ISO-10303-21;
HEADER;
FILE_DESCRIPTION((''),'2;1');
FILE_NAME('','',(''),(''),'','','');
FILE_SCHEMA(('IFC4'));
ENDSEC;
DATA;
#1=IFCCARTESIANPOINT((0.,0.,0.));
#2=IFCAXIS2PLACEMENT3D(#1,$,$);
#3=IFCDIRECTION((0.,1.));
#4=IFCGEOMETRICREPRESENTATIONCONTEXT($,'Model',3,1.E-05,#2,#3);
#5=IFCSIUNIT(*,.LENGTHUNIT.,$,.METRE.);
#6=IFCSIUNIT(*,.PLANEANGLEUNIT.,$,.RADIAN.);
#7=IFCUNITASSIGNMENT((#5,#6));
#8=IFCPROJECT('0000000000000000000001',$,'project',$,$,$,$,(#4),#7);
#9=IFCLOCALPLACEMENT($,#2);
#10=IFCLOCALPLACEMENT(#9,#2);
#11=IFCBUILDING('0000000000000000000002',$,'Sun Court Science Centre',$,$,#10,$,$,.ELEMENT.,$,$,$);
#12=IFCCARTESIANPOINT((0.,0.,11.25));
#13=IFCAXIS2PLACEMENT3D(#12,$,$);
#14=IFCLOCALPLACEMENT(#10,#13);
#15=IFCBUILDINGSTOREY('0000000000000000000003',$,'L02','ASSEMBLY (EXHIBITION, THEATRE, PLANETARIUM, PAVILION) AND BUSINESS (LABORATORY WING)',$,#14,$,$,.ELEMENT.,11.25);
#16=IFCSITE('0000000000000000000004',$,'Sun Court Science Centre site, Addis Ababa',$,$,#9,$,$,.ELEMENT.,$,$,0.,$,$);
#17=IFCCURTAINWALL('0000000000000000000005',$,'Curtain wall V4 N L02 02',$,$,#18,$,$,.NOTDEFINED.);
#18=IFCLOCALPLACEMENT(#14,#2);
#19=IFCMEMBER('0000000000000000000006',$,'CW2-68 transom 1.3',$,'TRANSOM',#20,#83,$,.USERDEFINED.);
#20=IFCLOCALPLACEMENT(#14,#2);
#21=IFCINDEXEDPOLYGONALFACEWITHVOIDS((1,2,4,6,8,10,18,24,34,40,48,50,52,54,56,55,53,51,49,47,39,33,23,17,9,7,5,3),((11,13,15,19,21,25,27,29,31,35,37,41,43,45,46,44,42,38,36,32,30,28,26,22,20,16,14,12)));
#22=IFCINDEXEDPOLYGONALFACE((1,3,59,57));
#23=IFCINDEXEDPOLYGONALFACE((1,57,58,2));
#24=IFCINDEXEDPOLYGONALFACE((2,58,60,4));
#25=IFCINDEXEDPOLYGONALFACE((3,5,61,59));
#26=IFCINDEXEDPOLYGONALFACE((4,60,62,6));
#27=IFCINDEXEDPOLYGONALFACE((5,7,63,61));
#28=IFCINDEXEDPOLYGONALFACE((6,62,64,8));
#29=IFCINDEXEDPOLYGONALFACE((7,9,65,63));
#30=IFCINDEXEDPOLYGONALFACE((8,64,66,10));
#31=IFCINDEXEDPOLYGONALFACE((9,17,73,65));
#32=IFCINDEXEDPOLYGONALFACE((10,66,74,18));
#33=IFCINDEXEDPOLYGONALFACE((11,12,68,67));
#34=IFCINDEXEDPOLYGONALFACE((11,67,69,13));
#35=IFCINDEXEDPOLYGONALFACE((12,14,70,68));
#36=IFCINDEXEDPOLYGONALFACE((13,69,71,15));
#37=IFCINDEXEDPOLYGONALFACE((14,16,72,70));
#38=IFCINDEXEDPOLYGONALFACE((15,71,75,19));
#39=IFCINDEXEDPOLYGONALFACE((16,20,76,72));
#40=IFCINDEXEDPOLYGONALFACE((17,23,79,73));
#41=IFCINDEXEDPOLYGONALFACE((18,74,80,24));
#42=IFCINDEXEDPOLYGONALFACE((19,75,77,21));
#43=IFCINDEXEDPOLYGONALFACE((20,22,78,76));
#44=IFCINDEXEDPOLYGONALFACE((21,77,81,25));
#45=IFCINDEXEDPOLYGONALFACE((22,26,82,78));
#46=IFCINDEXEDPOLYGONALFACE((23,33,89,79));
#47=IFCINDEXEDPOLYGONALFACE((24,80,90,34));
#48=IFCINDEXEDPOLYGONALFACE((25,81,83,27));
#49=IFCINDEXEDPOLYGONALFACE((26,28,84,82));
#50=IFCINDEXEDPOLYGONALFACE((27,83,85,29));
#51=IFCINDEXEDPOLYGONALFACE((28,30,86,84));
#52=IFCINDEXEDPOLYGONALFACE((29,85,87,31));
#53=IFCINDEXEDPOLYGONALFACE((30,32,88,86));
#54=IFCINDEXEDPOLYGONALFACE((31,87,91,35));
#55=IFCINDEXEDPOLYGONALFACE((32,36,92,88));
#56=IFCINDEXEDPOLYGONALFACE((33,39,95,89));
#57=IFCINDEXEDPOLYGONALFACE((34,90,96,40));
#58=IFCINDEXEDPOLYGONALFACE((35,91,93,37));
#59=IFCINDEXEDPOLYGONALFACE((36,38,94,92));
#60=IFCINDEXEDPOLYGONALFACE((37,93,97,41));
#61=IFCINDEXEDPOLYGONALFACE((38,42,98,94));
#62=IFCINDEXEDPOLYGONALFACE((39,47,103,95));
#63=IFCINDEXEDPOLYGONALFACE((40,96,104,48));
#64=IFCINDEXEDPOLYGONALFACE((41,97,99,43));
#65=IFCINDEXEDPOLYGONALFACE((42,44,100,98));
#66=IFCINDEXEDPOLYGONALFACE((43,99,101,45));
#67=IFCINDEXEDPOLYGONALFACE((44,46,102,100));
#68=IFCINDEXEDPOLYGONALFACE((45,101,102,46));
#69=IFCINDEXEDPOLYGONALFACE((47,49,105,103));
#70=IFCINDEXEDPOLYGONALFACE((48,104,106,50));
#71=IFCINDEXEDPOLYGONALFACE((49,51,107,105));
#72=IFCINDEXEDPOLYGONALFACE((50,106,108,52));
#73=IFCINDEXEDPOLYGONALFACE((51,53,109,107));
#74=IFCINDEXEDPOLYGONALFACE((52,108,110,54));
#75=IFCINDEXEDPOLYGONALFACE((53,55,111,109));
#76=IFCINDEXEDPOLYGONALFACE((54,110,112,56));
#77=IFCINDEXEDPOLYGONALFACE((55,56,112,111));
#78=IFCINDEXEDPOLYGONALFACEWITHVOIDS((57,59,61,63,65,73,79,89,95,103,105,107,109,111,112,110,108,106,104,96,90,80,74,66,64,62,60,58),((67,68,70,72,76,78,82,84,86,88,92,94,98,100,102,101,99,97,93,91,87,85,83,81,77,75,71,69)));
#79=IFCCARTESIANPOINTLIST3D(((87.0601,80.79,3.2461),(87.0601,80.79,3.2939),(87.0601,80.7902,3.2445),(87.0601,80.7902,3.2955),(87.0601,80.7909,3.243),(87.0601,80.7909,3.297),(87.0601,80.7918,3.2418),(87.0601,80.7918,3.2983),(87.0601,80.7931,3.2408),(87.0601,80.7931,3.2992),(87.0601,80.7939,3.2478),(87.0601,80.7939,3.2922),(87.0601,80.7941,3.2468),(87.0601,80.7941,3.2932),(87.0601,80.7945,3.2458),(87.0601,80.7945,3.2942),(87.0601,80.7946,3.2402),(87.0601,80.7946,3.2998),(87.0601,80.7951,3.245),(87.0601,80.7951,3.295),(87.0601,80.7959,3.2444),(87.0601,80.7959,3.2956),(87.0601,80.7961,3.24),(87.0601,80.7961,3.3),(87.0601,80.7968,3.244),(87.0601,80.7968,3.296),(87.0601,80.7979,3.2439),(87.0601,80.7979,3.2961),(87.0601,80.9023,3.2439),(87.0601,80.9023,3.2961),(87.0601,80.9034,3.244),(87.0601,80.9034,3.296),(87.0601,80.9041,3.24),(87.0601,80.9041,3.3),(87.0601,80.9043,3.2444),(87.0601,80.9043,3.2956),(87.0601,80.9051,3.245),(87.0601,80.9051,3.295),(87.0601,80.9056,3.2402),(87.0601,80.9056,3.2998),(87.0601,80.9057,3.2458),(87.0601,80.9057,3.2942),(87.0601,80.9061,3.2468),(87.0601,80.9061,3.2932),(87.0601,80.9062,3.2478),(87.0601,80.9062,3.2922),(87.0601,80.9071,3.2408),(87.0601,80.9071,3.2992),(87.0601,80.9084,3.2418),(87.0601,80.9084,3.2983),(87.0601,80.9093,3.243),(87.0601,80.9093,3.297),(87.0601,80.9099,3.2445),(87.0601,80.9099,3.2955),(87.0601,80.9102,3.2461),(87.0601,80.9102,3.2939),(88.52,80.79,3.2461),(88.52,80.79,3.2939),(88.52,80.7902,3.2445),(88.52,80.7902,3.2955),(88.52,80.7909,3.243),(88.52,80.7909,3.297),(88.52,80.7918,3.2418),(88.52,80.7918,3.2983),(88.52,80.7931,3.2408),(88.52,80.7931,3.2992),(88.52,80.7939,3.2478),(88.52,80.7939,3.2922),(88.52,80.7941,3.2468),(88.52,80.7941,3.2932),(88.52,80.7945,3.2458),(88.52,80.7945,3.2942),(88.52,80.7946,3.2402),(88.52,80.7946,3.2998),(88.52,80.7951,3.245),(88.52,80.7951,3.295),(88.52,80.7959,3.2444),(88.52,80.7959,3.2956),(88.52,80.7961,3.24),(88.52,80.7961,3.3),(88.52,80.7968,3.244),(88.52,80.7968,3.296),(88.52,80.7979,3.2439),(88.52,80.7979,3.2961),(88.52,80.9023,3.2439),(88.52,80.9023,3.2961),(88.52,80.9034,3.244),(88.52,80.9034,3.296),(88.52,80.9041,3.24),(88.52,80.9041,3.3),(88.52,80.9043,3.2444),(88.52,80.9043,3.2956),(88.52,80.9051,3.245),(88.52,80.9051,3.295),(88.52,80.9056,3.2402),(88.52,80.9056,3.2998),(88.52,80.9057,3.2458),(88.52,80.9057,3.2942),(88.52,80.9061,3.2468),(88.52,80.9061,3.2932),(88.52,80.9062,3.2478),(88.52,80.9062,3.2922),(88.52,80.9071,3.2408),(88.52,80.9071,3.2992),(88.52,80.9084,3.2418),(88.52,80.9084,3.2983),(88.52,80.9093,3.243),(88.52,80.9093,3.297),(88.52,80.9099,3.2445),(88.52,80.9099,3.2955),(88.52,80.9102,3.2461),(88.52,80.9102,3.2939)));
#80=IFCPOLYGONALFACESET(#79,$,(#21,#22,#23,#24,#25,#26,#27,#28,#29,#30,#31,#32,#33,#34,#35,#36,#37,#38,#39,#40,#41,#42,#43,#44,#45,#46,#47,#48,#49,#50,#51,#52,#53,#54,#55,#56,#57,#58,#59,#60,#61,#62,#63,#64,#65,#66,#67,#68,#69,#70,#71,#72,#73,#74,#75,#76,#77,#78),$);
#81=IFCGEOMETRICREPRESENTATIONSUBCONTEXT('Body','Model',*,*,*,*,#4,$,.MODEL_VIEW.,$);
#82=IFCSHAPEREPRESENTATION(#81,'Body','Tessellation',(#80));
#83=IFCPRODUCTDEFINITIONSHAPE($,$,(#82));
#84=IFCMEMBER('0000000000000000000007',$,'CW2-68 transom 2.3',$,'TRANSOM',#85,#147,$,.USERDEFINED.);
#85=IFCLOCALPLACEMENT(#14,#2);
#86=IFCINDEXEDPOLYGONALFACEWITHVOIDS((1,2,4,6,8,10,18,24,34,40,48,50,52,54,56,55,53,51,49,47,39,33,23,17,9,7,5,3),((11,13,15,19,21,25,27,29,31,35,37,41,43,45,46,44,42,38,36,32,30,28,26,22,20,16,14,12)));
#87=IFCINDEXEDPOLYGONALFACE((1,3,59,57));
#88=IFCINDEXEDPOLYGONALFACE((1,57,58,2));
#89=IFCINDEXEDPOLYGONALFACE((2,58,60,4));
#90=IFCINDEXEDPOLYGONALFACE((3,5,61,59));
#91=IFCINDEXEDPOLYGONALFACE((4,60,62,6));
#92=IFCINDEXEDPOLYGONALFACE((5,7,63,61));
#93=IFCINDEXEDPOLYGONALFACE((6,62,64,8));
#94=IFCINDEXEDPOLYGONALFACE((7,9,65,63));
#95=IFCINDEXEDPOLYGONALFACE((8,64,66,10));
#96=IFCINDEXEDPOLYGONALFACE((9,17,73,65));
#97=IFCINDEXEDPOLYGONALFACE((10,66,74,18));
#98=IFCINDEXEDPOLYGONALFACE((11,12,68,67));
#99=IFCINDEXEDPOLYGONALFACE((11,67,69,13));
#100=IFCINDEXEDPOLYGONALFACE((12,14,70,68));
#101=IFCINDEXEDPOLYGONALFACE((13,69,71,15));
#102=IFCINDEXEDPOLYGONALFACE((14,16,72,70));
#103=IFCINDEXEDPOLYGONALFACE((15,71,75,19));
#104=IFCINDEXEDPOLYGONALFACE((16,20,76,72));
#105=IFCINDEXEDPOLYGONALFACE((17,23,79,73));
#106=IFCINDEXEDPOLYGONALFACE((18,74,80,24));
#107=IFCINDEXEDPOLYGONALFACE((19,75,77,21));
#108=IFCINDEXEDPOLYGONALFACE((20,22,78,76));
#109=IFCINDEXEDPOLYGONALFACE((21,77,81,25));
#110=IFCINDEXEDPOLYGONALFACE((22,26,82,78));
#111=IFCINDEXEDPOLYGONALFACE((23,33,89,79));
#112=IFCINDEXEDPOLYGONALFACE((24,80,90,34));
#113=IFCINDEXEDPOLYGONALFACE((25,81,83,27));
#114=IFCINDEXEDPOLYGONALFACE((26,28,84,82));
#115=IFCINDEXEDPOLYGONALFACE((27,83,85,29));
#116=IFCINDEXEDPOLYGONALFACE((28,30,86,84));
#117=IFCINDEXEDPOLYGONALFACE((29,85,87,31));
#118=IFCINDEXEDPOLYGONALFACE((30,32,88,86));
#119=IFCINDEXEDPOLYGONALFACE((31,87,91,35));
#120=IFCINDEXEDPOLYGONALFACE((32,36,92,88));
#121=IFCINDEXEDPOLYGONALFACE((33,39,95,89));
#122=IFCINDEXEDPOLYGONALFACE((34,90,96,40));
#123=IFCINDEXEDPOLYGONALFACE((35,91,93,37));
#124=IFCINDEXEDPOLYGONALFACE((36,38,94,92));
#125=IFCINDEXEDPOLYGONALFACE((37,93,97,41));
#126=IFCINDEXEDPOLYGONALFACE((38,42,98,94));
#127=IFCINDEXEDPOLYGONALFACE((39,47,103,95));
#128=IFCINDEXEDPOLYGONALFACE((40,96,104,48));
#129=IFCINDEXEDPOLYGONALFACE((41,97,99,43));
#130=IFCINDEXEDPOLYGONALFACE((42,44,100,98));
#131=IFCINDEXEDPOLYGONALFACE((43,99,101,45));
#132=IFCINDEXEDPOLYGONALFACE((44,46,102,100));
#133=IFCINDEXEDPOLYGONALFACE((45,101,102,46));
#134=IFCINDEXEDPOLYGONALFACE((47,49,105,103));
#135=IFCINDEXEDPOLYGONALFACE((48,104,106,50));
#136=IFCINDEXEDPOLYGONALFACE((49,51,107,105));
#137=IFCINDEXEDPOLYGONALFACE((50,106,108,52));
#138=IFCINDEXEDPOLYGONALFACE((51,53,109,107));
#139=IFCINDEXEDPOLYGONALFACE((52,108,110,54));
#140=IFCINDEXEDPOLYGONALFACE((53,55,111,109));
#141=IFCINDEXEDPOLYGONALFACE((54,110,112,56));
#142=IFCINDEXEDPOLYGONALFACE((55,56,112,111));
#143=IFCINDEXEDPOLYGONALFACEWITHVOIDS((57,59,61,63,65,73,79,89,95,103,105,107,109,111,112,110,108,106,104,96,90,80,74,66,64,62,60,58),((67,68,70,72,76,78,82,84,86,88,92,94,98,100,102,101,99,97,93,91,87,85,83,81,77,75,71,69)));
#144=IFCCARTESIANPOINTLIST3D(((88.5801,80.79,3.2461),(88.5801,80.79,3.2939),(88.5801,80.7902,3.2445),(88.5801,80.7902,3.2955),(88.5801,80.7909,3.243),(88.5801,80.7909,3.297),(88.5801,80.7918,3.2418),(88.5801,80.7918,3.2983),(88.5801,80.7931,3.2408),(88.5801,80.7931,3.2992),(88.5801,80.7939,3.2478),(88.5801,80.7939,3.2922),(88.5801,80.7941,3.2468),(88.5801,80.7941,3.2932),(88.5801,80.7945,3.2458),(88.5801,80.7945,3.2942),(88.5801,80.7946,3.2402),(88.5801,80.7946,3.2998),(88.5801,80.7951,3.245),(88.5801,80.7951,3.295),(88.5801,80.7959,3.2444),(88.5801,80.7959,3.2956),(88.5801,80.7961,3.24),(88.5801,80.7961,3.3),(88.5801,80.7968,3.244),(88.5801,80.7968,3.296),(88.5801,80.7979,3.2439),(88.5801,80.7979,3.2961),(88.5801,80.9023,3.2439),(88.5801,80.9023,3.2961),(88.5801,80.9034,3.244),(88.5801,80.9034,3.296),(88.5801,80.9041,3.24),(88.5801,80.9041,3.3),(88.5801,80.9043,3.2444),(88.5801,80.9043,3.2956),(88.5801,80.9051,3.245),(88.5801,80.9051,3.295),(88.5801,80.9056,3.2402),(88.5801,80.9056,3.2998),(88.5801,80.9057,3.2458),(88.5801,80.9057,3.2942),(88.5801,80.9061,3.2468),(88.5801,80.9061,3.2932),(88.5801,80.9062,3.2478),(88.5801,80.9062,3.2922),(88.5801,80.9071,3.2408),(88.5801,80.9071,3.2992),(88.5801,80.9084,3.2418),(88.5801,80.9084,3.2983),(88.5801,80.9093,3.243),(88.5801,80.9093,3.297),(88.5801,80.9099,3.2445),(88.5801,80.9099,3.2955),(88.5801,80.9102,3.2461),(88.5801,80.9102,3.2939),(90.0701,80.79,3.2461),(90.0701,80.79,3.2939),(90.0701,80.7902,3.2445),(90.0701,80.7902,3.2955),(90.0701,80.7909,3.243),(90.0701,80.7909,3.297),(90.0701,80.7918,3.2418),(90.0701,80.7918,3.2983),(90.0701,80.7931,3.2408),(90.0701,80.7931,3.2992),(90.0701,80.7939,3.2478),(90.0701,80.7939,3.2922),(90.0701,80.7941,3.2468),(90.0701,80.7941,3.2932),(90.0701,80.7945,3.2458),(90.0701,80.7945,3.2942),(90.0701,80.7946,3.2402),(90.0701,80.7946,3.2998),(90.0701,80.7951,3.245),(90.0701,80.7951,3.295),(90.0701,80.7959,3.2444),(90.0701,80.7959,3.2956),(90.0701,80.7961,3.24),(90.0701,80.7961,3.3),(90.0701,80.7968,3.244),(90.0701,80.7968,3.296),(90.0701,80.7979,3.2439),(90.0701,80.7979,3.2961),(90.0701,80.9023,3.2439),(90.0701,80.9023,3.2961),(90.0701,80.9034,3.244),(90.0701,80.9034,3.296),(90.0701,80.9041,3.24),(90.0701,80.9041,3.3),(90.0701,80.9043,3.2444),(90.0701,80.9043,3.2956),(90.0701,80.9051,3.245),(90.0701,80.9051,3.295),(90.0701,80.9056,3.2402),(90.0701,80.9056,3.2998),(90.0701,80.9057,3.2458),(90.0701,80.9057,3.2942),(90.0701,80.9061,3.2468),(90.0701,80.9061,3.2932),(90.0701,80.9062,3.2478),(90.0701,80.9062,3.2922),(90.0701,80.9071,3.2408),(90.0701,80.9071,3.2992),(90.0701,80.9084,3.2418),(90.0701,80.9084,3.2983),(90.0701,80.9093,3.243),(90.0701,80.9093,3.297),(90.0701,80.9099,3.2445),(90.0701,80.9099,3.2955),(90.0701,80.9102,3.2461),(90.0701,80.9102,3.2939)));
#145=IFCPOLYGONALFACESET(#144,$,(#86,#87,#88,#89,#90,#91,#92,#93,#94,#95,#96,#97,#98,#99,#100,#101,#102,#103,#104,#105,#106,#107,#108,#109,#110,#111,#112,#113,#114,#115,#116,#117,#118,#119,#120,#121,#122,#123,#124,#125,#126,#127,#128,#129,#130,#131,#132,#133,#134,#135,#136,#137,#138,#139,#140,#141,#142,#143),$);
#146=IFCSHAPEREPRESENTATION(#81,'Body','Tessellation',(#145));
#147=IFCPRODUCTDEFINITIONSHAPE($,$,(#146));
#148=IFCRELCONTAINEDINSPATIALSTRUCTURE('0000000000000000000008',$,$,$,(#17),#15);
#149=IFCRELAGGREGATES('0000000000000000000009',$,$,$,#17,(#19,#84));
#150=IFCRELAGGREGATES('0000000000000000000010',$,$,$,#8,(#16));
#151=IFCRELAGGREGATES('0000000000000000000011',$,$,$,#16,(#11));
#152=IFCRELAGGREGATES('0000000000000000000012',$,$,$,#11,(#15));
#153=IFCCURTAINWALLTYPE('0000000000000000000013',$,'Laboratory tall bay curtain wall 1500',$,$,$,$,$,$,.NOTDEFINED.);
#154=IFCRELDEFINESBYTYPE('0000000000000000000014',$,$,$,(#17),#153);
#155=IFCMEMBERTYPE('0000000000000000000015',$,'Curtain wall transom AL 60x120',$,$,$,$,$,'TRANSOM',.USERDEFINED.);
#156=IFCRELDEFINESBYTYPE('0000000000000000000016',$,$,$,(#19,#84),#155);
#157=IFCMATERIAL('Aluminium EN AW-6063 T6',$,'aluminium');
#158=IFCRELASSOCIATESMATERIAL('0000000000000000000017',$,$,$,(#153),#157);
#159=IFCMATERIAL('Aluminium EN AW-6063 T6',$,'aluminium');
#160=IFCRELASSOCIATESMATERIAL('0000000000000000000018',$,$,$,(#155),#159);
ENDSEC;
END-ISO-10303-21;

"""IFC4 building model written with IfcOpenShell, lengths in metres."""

from ifc_helpers import new_model, si_unit, direction, frame, origin, origin_2d, place, context, subcontext, project, spatial, hollow_rectangle, extrude, material, material_profile, profile_set, type_object, element, aggregate, save


model = new_model("IFC4")

# Units and contexts
model_context = context("Model", 3, precision=1e-05, world=origin(), true_north=direction((0.0, 1.0)))
body_context = subcontext(model_context, "Body", "Model", "MODEL_VIEW")
ifc_project = project(units=[si_unit("LENGTHUNIT", "METRE"), si_unit("PLANEANGLEUNIT", "RADIAN")], contexts=[model_context])

# Site, building, storey
site_placement = place(None, origin())
site = spatial("IfcSite", under=ifc_project, at=site_placement, Name="Sun Court Science Centre site, Addis Ababa", CompositionType="ELEMENT", RefElevation=0.0)
building_placement = place(site_placement, origin())
building = spatial("IfcBuilding", under=site, at=building_placement, Name="Sun Court Science Centre", CompositionType="ELEMENT")
storey_placement = place(building_placement, frame((0.0, 0.0, 11.25)))
storey = spatial("IfcBuildingStorey", under=building, at=storey_placement, Name="L02", Description="ASSEMBLY (EXHIBITION, THEATRE, PLANETARIUM, PAVILION) AND BUSINESS (LABORATORY WING)", CompositionType="ELEMENT", Elevation=11.25)

# Curtain wall, members
ifc_material_1 = material(Name="Aluminium EN AW-6063 T6", Category="aluminium")
curtain_wall_type = type_object("IfcCurtainWallType", Name="Laboratory tall bay curtain wall 1500", PredefinedType="NOTDEFINED", material=ifc_material_1)
curtain_wall_placement = place(storey_placement, origin())
curtain_wall = element("IfcCurtainWall", 1, at=curtain_wall_placement, inside=storey, type_object=curtain_wall_type, Name="Curtain wall V4 N L02 02", PredefinedType="NOTDEFINED")
ifc_material_2 = material(Name="Aluminium EN AW-6063 T6", Category="aluminium")
ifc_material_profile_1 = material_profile(ifc_material_2, hollow_rectangle(XDim=0.0601, YDim=0.1201, WallThickness=0.0039, InnerFilletRadius=0.0039, OuterFilletRadius=0.0061, at=origin_2d()), Name="AL 60x120x4")
ifc_profile_set_1 = profile_set([ifc_material_profile_1], Name="Aluminium EN AW-6063 T6")
member_type_1 = type_object("IfcMemberType", Name="Curtain wall transom AL 60x120", ElementType="TRANSOM", PredefinedType="USERDEFINED", material=ifc_profile_set_1)
member_1_placement = place(storey_placement, frame((87.0601, 80.8501, 3.27), z_axis=(1.0, 0.0, 0.0), x_axis=(0.0, 0.0, 1.0)))
member_1 = element("IfcMember", 2, at=member_1_placement, type_object=member_type_1, Name="CW2-68 transom 1.3", ObjectType="TRANSOM", PredefinedType="USERDEFINED", context=body_context, shape_type="SweptSolid", body=[
    extrude(hollow_rectangle(XDim=0.0601, YDim=0.1201, WallThickness=0.0039, InnerFilletRadius=0.0039, OuterFilletRadius=0.0061, at=origin_2d()), origin(), (0.0, 0.0, 1.0), 1.46),
])
member_2_placement = place(storey_placement, frame((88.5801, 80.8501, 3.27), z_axis=(1.0, 0.0, 0.0), x_axis=(0.0, 0.0, 1.0)))
member_2 = element("IfcMember", 3, at=member_2_placement, type_object=member_type_1, Name="CW2-68 transom 2.3", ObjectType="TRANSOM", PredefinedType="USERDEFINED", context=body_context, shape_type="SweptSolid", body=[
    extrude(hollow_rectangle(XDim=0.0601, YDim=0.1201, WallThickness=0.0039, InnerFilletRadius=0.0039, OuterFilletRadius=0.0061, at=origin_2d()), origin(), (0.0, 0.0, 1.0), 1.49),
])
aggregate(curtain_wall, [member_1, member_2])

save(model, "model.ifc")
